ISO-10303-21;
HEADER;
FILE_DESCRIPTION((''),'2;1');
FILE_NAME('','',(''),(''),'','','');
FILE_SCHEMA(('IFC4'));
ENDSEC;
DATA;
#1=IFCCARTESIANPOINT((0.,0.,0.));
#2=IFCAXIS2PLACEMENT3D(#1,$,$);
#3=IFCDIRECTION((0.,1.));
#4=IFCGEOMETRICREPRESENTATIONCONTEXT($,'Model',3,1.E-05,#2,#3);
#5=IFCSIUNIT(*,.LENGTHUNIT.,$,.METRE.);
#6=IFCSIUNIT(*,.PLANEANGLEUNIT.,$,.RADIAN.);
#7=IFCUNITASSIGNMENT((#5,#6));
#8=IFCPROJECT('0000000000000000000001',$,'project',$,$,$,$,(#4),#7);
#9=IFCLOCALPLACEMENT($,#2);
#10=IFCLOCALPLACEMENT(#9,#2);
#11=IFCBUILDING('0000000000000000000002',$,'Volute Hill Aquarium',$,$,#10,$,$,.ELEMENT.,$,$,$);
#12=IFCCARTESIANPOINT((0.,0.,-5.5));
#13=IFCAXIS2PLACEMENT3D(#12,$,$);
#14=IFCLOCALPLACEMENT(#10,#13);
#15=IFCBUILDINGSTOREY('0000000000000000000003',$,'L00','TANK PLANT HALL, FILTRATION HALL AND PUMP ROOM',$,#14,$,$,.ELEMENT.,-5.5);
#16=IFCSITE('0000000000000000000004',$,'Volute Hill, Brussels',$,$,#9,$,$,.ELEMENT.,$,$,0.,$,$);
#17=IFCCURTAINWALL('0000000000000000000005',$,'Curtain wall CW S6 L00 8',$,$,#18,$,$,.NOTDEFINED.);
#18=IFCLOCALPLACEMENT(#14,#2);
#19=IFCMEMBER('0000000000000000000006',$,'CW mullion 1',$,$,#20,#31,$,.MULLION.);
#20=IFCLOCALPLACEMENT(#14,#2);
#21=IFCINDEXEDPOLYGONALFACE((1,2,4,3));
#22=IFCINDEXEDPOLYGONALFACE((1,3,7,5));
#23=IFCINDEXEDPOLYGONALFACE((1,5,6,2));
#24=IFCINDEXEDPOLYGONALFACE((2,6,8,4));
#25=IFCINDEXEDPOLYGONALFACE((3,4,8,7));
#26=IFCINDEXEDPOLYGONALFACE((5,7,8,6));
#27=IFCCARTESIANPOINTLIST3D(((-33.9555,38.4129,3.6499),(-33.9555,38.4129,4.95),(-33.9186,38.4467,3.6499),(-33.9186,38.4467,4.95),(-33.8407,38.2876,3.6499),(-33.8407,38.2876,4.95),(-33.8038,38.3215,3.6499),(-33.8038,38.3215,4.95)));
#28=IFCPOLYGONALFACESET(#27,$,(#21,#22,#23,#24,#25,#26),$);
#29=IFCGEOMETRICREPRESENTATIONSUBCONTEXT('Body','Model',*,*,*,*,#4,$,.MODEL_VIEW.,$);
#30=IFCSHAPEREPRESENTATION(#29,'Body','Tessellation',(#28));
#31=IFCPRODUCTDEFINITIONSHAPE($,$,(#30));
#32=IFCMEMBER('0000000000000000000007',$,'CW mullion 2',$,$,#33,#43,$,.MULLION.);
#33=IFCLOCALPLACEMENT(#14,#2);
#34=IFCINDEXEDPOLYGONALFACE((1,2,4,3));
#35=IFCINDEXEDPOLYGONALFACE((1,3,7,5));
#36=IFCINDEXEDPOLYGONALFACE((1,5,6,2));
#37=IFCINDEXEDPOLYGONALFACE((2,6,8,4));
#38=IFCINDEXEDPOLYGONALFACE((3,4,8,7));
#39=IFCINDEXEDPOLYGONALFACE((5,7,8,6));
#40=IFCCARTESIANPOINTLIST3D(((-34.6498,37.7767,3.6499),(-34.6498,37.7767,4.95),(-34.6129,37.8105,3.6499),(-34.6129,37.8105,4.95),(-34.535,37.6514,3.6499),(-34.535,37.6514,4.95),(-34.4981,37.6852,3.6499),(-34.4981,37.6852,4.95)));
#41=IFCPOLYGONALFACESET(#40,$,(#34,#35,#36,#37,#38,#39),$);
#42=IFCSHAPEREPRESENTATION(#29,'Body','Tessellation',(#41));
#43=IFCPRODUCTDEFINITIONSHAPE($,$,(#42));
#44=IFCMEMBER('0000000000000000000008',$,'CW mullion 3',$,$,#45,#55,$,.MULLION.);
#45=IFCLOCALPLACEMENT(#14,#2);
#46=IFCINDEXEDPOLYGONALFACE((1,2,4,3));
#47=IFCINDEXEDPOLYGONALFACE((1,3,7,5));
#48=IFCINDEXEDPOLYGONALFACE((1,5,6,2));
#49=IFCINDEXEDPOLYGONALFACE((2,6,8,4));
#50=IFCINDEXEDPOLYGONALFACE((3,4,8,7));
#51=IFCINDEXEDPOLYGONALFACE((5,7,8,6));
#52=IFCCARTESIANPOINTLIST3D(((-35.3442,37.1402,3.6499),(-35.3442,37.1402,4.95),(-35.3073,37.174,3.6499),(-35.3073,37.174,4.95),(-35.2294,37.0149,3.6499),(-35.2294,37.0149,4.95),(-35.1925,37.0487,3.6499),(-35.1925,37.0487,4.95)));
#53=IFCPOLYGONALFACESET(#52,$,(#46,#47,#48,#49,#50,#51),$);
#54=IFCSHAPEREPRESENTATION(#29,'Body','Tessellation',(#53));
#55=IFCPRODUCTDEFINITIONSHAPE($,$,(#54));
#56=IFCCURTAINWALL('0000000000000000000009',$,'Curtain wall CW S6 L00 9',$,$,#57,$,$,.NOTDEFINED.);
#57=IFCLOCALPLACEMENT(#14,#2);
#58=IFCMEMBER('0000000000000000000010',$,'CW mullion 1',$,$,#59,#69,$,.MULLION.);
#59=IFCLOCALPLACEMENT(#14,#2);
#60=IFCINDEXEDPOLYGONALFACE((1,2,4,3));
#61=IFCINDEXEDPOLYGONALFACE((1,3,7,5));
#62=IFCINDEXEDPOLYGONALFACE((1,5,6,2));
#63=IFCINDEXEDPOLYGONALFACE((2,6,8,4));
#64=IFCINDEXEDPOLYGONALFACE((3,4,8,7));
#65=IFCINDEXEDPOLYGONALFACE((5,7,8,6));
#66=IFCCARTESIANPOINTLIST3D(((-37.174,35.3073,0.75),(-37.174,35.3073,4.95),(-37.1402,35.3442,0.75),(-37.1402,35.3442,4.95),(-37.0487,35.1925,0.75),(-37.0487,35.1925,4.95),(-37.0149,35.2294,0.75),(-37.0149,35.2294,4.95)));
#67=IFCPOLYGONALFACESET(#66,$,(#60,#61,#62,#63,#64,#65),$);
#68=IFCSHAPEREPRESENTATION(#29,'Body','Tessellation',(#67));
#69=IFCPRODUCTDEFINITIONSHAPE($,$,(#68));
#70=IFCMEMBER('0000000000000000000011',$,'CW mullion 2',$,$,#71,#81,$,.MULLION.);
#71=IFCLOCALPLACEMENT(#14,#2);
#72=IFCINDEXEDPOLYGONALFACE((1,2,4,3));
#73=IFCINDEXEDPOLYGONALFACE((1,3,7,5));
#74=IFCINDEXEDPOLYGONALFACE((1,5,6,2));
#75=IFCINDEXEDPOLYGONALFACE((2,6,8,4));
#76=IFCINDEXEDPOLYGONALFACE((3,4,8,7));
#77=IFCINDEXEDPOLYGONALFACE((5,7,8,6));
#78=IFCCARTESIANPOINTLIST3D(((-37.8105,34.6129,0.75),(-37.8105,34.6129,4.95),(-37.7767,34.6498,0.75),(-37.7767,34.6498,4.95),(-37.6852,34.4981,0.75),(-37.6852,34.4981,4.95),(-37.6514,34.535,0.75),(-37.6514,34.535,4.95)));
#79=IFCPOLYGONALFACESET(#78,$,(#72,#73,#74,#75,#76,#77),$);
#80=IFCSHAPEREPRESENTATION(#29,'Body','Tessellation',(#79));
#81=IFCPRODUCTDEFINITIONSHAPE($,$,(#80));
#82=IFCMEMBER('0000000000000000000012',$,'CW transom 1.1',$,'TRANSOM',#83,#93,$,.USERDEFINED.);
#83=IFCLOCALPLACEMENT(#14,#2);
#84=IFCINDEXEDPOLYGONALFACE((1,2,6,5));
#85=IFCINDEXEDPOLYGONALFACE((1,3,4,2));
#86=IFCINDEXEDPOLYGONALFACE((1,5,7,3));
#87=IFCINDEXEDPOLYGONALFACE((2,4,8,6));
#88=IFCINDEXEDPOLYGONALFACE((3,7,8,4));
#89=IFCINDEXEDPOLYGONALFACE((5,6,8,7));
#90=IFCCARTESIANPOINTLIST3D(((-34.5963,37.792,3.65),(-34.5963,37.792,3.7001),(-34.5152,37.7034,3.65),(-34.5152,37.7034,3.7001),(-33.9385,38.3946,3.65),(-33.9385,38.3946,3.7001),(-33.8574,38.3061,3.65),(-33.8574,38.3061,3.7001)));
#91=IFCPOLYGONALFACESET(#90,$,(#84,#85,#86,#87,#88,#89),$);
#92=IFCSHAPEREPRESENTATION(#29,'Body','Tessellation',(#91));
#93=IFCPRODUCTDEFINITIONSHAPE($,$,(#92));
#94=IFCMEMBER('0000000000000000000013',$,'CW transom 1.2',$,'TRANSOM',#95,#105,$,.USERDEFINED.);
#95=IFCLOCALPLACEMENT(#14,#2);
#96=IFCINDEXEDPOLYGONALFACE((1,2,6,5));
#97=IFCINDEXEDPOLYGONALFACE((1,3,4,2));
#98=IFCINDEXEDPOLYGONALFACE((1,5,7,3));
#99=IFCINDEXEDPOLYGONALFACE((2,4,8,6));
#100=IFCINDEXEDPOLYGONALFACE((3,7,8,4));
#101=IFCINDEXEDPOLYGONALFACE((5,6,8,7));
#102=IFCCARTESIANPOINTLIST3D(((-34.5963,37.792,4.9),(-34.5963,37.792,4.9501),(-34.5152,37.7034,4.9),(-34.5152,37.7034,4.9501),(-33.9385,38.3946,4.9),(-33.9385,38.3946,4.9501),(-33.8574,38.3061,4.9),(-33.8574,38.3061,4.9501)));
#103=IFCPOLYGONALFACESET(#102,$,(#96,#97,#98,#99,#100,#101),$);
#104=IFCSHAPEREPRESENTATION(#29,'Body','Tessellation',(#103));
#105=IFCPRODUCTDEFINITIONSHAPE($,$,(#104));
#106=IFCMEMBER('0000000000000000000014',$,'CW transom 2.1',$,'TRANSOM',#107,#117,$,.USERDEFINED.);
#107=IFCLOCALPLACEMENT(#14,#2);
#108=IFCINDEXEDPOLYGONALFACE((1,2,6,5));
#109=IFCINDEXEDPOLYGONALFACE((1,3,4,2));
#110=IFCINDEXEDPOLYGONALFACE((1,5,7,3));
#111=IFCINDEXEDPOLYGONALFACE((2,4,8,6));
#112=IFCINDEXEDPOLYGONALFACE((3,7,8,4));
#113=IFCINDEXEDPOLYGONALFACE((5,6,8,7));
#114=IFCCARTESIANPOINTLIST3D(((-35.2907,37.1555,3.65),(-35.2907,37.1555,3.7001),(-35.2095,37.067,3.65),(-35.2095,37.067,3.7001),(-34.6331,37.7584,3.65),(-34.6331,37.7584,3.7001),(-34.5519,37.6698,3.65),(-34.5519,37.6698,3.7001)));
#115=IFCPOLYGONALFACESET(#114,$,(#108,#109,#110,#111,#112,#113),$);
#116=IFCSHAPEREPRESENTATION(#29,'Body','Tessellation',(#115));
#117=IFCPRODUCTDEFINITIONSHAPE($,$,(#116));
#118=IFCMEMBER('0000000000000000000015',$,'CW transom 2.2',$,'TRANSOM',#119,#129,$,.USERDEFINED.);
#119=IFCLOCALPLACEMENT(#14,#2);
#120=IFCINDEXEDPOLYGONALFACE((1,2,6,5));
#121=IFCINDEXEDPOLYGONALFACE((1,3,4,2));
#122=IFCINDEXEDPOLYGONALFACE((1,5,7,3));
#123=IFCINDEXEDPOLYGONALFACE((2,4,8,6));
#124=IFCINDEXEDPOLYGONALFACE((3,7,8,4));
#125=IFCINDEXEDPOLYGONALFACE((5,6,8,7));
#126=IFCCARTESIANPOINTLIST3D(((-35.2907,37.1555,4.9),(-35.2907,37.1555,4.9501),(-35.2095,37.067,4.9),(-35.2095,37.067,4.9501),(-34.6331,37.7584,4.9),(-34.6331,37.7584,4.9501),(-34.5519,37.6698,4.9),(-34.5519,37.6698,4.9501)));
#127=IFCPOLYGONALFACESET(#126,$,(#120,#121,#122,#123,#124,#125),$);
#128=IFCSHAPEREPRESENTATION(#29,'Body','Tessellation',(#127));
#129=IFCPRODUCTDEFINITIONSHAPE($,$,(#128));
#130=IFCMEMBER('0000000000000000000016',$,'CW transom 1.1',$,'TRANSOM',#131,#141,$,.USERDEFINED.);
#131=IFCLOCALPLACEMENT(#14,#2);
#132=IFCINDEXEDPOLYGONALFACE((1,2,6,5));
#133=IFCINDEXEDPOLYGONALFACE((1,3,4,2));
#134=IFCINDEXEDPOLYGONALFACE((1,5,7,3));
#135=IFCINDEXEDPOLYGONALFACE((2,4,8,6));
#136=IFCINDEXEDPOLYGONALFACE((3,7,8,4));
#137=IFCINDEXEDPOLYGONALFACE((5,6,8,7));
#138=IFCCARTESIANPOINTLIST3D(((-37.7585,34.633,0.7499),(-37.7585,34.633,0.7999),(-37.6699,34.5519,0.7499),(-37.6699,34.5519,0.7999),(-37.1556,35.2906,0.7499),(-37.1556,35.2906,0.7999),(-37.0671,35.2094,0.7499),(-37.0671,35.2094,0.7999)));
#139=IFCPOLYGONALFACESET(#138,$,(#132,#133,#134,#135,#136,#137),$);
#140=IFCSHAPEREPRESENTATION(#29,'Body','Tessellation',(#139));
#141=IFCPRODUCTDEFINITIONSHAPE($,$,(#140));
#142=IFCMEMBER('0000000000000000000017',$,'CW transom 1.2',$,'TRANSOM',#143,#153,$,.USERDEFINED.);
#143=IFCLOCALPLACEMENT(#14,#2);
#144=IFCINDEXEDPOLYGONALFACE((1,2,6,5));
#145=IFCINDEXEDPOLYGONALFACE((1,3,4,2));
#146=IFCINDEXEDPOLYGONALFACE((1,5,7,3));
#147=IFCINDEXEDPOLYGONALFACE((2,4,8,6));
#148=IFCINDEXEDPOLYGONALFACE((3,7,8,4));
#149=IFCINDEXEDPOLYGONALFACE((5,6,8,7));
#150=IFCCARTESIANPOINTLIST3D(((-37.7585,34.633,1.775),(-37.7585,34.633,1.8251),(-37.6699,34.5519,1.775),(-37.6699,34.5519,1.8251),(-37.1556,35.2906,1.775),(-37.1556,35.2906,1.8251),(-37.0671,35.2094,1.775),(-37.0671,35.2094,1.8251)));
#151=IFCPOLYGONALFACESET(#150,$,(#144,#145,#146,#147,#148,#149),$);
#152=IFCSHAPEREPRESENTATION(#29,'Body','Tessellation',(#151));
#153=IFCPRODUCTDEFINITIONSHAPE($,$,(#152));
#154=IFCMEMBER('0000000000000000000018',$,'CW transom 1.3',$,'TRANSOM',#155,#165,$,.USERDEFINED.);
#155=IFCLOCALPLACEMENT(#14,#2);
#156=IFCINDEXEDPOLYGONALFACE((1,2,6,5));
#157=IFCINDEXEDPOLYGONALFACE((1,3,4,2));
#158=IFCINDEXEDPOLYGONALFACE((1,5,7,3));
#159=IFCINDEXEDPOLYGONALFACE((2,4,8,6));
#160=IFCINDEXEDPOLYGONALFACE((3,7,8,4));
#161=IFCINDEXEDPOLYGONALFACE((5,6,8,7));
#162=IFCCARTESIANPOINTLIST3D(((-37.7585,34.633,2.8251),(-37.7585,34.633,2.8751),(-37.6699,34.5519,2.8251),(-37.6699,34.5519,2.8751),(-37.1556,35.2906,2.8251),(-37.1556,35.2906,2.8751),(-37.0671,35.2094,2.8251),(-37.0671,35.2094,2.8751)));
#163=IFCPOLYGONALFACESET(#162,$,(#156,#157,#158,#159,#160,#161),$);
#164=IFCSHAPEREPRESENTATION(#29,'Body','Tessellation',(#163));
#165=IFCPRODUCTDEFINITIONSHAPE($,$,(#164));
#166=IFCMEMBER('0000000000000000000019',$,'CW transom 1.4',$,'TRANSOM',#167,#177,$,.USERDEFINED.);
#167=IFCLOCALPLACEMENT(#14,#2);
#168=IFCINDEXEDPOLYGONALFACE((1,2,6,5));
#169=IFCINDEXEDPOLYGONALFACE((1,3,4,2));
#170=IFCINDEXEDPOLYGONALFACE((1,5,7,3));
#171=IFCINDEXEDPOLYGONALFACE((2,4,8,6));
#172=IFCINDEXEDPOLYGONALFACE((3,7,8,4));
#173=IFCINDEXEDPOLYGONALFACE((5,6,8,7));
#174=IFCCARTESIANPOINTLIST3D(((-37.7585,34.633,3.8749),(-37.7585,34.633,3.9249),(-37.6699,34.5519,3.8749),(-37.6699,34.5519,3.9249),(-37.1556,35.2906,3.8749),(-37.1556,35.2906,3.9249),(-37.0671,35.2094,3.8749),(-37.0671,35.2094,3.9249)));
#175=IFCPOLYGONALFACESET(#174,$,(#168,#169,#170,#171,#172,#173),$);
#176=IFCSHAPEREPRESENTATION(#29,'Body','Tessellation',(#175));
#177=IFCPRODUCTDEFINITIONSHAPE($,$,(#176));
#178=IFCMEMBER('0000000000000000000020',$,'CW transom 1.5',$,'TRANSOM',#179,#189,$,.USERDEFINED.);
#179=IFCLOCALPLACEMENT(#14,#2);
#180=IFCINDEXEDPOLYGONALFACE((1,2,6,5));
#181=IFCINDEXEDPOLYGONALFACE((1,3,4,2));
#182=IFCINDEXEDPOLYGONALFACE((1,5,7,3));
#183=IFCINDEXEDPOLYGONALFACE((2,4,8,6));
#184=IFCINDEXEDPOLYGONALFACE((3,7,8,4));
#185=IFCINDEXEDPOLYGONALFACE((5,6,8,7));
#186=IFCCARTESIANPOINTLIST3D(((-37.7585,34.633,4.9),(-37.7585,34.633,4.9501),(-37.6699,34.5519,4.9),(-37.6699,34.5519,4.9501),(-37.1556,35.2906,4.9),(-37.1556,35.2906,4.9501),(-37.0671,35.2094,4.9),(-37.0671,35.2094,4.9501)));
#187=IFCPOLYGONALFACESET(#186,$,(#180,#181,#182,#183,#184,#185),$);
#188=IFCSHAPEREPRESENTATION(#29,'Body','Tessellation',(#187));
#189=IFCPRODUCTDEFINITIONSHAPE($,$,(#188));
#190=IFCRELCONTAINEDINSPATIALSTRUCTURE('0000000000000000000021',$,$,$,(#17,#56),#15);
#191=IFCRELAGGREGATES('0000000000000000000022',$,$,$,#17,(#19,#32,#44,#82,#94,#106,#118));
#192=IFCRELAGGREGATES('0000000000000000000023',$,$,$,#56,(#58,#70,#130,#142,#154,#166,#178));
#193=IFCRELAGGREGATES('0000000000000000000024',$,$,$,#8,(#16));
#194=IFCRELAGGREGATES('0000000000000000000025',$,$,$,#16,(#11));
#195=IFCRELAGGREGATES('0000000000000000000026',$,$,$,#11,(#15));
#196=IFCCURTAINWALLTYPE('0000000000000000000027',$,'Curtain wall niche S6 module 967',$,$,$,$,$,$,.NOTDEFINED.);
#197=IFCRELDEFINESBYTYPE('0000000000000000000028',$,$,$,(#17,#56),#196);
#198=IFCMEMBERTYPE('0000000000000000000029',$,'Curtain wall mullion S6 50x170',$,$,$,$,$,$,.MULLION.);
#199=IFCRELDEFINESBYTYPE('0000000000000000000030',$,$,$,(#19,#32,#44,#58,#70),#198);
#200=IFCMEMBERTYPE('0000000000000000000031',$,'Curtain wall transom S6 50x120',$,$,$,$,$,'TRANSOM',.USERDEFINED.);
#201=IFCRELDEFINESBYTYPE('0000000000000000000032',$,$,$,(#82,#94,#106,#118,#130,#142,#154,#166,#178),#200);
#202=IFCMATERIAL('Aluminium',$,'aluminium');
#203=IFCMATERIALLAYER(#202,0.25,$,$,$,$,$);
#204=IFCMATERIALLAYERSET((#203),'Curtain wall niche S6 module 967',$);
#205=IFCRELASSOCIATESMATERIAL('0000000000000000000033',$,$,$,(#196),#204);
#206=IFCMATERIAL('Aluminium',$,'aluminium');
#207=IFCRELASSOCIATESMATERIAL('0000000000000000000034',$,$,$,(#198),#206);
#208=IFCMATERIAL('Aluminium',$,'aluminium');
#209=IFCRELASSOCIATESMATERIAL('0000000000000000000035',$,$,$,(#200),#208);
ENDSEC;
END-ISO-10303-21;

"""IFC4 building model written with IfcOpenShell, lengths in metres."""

from ifc_helpers import new_model, si_unit, direction, frame, origin, origin_2d, place, context, subcontext, project, spatial, rectangle, extrude, material, layer, layer_set, material_profile, profile_set, type_object, element, aggregate, save


model = new_model("IFC4")

# Units and contexts
model_context = context("Model", 3, precision=1e-05, world=origin(), true_north=direction((0.0, 1.0)))
body_context = subcontext(model_context, "Body", "Model", "MODEL_VIEW")
ifc_project = project(units=[si_unit("LENGTHUNIT", "METRE"), si_unit("PLANEANGLEUNIT", "RADIAN")], contexts=[model_context])

# Site, building, storey
site_placement = place(None, origin())
site = spatial("IfcSite", under=ifc_project, at=site_placement, Name="Volute Hill, Brussels", CompositionType="ELEMENT", RefElevation=0.0)
building_placement = place(site_placement, origin())
building = spatial("IfcBuilding", under=site, at=building_placement, Name="Volute Hill Aquarium", CompositionType="ELEMENT")
storey_placement = place(building_placement, frame((0.0, 0.0, -5.5)))
storey = spatial("IfcBuildingStorey", under=building, at=storey_placement, Name="L00", Description="TANK PLANT HALL, FILTRATION HALL AND PUMP ROOM", CompositionType="ELEMENT", Elevation=-5.5)

# Curtain walls, members
ifc_material_1 = material(Name="Aluminium", Category="aluminium")
ifc_layer_1 = layer(ifc_material_1, 0.25)
ifc_layer_set_1 = layer_set([ifc_layer_1], Name="Curtain wall niche S6 module 967")
curtain_wall_type = type_object("IfcCurtainWallType", Name="Curtain wall niche S6 module 967", PredefinedType="NOTDEFINED", material=ifc_layer_set_1)
curtain_wall_1_placement = place(storey_placement, origin())
curtain_wall_1 = element("IfcCurtainWall", 1, at=curtain_wall_1_placement, inside=storey, type_object=curtain_wall_type, Name="Curtain wall CW S6 L00 8", PredefinedType="NOTDEFINED")
ifc_material_2 = material(Name="Aluminium", Category="aluminium")
ifc_material_profile_1 = material_profile(ifc_material_2, rectangle(XDim=0.1699, YDim=0.05, at=origin_2d()), Name="Curtain wall mullion S6 50x170")
ifc_profile_set_1 = profile_set([ifc_material_profile_1], Name="Aluminium")
member_type_1 = type_object("IfcMemberType", Name="Curtain wall mullion S6 50x170", PredefinedType="MULLION", material=ifc_profile_set_1)
member_1_placement = place(storey_placement, frame((-33.8796, 38.3672, 3.6499), z_axis=(0.0, 0.0, 1.0), x_axis=(0.675582, -0.737285, 0.0)))
member_1 = element("IfcMember", 2, at=member_1_placement, type_object=member_type_1, Name="CW mullion 1", PredefinedType="MULLION", context=body_context, shape_type="SweptSolid", body=[
    extrude(rectangle(XDim=0.1699, YDim=0.05, at=origin_2d()), origin(), (0.0, 0.0, 1.0), 1.3),
])
member_2_placement = place(storey_placement, frame((-34.574, 37.731, 3.6499), z_axis=(0.0, 0.0, 1.0), x_axis=(0.675582, -0.737285, 0.0)))
member_2 = element("IfcMember", 3, at=member_2_placement, type_object=member_type_1, Name="CW mullion 2", PredefinedType="MULLION", context=body_context, shape_type="SweptSolid", body=[
    extrude(rectangle(XDim=0.1699, YDim=0.05, at=origin_2d()), origin(), (0.0, 0.0, 1.0), 1.3),
])
member_3_placement = place(storey_placement, frame((-35.2683, 37.0945, 3.6499), z_axis=(0.0, 0.0, 1.0), x_axis=(0.675582, -0.737285, 0.0)))
member_3 = element("IfcMember", 4, at=member_3_placement, type_object=member_type_1, Name="CW mullion 3", PredefinedType="MULLION", context=body_context, shape_type="SweptSolid", body=[
    extrude(rectangle(XDim=0.1699, YDim=0.05, at=origin_2d()), origin(), (0.0, 0.0, 1.0), 1.3),
])
curtain_wall_2_placement = place(storey_placement, origin())
curtain_wall_2 = element("IfcCurtainWall", 5, at=curtain_wall_2_placement, inside=storey, type_object=curtain_wall_type, Name="Curtain wall CW S6 L00 9", PredefinedType="NOTDEFINED")
member_4_placement = place(storey_placement, frame((-37.0945, 35.2683, 0.75), z_axis=(0.0, 0.0, 1.0), x_axis=(0.737285, -0.675582, 0.0)))
member_4 = element("IfcMember", 6, at=member_4_placement, type_object=member_type_1, Name="CW mullion 1", PredefinedType="MULLION", context=body_context, shape_type="SweptSolid", body=[
    extrude(rectangle(XDim=0.1699, YDim=0.05, at=origin_2d()), origin(), (0.0, 0.0, 1.0), 4.2),
])
member_5_placement = place(storey_placement, frame((-37.731, 34.574, 0.75), z_axis=(0.0, 0.0, 1.0), x_axis=(0.737285, -0.675582, 0.0)))
member_5 = element("IfcMember", 7, at=member_5_placement, type_object=member_type_1, Name="CW mullion 2", PredefinedType="MULLION", context=body_context, shape_type="SweptSolid", body=[
    extrude(rectangle(XDim=0.1699, YDim=0.05, at=origin_2d()), origin(), (0.0, 0.0, 1.0), 4.2),
])

# Members
ifc_material_3 = material(Name="Aluminium", Category="aluminium")
ifc_material_profile_2 = material_profile(ifc_material_3, rectangle(XDim=0.1201, YDim=0.05, at=origin_2d()), Name="Curtain wall transom S6 50x120")
ifc_profile_set_2 = profile_set([ifc_material_profile_2], Name="Aluminium")
member_type_2 = type_object("IfcMemberType", Name="Curtain wall transom S6 50x120", ElementType="TRANSOM", PredefinedType="USERDEFINED", material=ifc_profile_set_2)
member_6_placement = place(storey_placement, frame((-33.8979, 38.3503, 3.675), z_axis=(-0.737359, -0.675502, 0.0), x_axis=(0.675502, -0.737359, 0.0)))
member_6 = element("IfcMember", 8, at=member_6_placement, type_object=member_type_2, Name="CW transom 1.1", ObjectType="TRANSOM", PredefinedType="USERDEFINED", context=body_context, shape_type="SweptSolid", body=[
    extrude(rectangle(XDim=0.1201, YDim=0.05, at=origin_2d()), origin(), (0.0, 0.0, 1.0), 0.8921),
])
member_7_placement = place(storey_placement, frame((-33.8979, 38.3503, 4.925), z_axis=(-0.737359, -0.675502, 0.0), x_axis=(0.675502, -0.737359, 0.0)))
member_7 = element("IfcMember", 9, at=member_7_placement, type_object=member_type_2, Name="CW transom 1.2", ObjectType="TRANSOM", PredefinedType="USERDEFINED", context=body_context, shape_type="SweptSolid", body=[
    extrude(rectangle(XDim=0.1201, YDim=0.05, at=origin_2d()), origin(), (0.0, 0.0, 1.0), 0.8921),
])
member_8_placement = place(storey_placement, frame((-34.5925, 37.7141, 3.675), z_axis=(-0.737097, -0.675787, 0.0), x_axis=(0.675787, -0.737097, 0.0)))
member_8 = element("IfcMember", 10, at=member_8_placement, type_object=member_type_2, Name="CW transom 2.1", ObjectType="TRANSOM", PredefinedType="USERDEFINED", context=body_context, shape_type="SweptSolid", body=[
    extrude(rectangle(XDim=0.1201, YDim=0.05, at=origin_2d()), origin(), (0.0, 0.0, 1.0), 0.8921),
])
member_9_placement = place(storey_placement, frame((-34.5925, 37.7141, 4.925), z_axis=(-0.737097, -0.675787, 0.0), x_axis=(0.675787, -0.737097, 0.0)))
member_9 = element("IfcMember", 11, at=member_9_placement, type_object=member_type_2, Name="CW transom 2.2", ObjectType="TRANSOM", PredefinedType="USERDEFINED", context=body_context, shape_type="SweptSolid", body=[
    extrude(rectangle(XDim=0.1201, YDim=0.05, at=origin_2d()), origin(), (0.0, 0.0, 1.0), 0.8921),
])
member_10_placement = place(storey_placement, frame((-37.1113, 35.25, 0.7749), z_axis=(-0.675787, -0.737097, 0.0), x_axis=(0.737097, -0.675787, 0.0)))
member_10 = element("IfcMember", 12, at=member_10_placement, type_object=member_type_2, Name="CW transom 1.1", ObjectType="TRANSOM", PredefinedType="USERDEFINED", context=body_context, shape_type="SweptSolid", body=[
    extrude(rectangle(XDim=0.1201, YDim=0.05, at=origin_2d()), origin(), (0.0, 0.0, 1.0), 0.8921),
])
member_11_placement = place(storey_placement, frame((-37.1113, 35.25, 1.8), z_axis=(-0.675787, -0.737097, 0.0), x_axis=(0.737097, -0.675787, 0.0)))
member_11 = element("IfcMember", 13, at=member_11_placement, type_object=member_type_2, Name="CW transom 1.2", ObjectType="TRANSOM", PredefinedType="USERDEFINED", context=body_context, shape_type="SweptSolid", body=[
    extrude(rectangle(XDim=0.1201, YDim=0.05, at=origin_2d()), origin(), (0.0, 0.0, 1.0), 0.8921),
])
member_12_placement = place(storey_placement, frame((-37.1113, 35.25, 2.8501), z_axis=(-0.675787, -0.737097, 0.0), x_axis=(0.737097, -0.675787, 0.0)))
member_12 = element("IfcMember", 14, at=member_12_placement, type_object=member_type_2, Name="CW transom 1.3", ObjectType="TRANSOM", PredefinedType="USERDEFINED", context=body_context, shape_type="SweptSolid", body=[
    extrude(rectangle(XDim=0.1201, YDim=0.05, at=origin_2d()), origin(), (0.0, 0.0, 1.0), 0.8921),
])
member_13_placement = place(storey_placement, frame((-37.1113, 35.25, 3.8999), z_axis=(-0.675787, -0.737097, 0.0), x_axis=(0.737097, -0.675787, 0.0)))
member_13 = element("IfcMember", 15, at=member_13_placement, type_object=member_type_2, Name="CW transom 1.4", ObjectType="TRANSOM", PredefinedType="USERDEFINED", context=body_context, shape_type="SweptSolid", body=[
    extrude(rectangle(XDim=0.1201, YDim=0.05, at=origin_2d()), origin(), (0.0, 0.0, 1.0), 0.8921),
])
member_14_placement = place(storey_placement, frame((-37.1113, 35.25, 4.925), z_axis=(-0.675787, -0.737097, 0.0), x_axis=(0.737097, -0.675787, 0.0)))
member_14 = element("IfcMember", 16, at=member_14_placement, type_object=member_type_2, Name="CW transom 1.5", ObjectType="TRANSOM", PredefinedType="USERDEFINED", context=body_context, shape_type="SweptSolid", body=[
    extrude(rectangle(XDim=0.1201, YDim=0.05, at=origin_2d()), origin(), (0.0, 0.0, 1.0), 0.8921),
])

aggregate(curtain_wall_1, [member_1, member_2, member_3, member_6, member_7, member_8, member_9])
aggregate(curtain_wall_2, [member_4, member_5, member_10, member_11, member_12, member_13, member_14])

save(model, "model.ifc")
